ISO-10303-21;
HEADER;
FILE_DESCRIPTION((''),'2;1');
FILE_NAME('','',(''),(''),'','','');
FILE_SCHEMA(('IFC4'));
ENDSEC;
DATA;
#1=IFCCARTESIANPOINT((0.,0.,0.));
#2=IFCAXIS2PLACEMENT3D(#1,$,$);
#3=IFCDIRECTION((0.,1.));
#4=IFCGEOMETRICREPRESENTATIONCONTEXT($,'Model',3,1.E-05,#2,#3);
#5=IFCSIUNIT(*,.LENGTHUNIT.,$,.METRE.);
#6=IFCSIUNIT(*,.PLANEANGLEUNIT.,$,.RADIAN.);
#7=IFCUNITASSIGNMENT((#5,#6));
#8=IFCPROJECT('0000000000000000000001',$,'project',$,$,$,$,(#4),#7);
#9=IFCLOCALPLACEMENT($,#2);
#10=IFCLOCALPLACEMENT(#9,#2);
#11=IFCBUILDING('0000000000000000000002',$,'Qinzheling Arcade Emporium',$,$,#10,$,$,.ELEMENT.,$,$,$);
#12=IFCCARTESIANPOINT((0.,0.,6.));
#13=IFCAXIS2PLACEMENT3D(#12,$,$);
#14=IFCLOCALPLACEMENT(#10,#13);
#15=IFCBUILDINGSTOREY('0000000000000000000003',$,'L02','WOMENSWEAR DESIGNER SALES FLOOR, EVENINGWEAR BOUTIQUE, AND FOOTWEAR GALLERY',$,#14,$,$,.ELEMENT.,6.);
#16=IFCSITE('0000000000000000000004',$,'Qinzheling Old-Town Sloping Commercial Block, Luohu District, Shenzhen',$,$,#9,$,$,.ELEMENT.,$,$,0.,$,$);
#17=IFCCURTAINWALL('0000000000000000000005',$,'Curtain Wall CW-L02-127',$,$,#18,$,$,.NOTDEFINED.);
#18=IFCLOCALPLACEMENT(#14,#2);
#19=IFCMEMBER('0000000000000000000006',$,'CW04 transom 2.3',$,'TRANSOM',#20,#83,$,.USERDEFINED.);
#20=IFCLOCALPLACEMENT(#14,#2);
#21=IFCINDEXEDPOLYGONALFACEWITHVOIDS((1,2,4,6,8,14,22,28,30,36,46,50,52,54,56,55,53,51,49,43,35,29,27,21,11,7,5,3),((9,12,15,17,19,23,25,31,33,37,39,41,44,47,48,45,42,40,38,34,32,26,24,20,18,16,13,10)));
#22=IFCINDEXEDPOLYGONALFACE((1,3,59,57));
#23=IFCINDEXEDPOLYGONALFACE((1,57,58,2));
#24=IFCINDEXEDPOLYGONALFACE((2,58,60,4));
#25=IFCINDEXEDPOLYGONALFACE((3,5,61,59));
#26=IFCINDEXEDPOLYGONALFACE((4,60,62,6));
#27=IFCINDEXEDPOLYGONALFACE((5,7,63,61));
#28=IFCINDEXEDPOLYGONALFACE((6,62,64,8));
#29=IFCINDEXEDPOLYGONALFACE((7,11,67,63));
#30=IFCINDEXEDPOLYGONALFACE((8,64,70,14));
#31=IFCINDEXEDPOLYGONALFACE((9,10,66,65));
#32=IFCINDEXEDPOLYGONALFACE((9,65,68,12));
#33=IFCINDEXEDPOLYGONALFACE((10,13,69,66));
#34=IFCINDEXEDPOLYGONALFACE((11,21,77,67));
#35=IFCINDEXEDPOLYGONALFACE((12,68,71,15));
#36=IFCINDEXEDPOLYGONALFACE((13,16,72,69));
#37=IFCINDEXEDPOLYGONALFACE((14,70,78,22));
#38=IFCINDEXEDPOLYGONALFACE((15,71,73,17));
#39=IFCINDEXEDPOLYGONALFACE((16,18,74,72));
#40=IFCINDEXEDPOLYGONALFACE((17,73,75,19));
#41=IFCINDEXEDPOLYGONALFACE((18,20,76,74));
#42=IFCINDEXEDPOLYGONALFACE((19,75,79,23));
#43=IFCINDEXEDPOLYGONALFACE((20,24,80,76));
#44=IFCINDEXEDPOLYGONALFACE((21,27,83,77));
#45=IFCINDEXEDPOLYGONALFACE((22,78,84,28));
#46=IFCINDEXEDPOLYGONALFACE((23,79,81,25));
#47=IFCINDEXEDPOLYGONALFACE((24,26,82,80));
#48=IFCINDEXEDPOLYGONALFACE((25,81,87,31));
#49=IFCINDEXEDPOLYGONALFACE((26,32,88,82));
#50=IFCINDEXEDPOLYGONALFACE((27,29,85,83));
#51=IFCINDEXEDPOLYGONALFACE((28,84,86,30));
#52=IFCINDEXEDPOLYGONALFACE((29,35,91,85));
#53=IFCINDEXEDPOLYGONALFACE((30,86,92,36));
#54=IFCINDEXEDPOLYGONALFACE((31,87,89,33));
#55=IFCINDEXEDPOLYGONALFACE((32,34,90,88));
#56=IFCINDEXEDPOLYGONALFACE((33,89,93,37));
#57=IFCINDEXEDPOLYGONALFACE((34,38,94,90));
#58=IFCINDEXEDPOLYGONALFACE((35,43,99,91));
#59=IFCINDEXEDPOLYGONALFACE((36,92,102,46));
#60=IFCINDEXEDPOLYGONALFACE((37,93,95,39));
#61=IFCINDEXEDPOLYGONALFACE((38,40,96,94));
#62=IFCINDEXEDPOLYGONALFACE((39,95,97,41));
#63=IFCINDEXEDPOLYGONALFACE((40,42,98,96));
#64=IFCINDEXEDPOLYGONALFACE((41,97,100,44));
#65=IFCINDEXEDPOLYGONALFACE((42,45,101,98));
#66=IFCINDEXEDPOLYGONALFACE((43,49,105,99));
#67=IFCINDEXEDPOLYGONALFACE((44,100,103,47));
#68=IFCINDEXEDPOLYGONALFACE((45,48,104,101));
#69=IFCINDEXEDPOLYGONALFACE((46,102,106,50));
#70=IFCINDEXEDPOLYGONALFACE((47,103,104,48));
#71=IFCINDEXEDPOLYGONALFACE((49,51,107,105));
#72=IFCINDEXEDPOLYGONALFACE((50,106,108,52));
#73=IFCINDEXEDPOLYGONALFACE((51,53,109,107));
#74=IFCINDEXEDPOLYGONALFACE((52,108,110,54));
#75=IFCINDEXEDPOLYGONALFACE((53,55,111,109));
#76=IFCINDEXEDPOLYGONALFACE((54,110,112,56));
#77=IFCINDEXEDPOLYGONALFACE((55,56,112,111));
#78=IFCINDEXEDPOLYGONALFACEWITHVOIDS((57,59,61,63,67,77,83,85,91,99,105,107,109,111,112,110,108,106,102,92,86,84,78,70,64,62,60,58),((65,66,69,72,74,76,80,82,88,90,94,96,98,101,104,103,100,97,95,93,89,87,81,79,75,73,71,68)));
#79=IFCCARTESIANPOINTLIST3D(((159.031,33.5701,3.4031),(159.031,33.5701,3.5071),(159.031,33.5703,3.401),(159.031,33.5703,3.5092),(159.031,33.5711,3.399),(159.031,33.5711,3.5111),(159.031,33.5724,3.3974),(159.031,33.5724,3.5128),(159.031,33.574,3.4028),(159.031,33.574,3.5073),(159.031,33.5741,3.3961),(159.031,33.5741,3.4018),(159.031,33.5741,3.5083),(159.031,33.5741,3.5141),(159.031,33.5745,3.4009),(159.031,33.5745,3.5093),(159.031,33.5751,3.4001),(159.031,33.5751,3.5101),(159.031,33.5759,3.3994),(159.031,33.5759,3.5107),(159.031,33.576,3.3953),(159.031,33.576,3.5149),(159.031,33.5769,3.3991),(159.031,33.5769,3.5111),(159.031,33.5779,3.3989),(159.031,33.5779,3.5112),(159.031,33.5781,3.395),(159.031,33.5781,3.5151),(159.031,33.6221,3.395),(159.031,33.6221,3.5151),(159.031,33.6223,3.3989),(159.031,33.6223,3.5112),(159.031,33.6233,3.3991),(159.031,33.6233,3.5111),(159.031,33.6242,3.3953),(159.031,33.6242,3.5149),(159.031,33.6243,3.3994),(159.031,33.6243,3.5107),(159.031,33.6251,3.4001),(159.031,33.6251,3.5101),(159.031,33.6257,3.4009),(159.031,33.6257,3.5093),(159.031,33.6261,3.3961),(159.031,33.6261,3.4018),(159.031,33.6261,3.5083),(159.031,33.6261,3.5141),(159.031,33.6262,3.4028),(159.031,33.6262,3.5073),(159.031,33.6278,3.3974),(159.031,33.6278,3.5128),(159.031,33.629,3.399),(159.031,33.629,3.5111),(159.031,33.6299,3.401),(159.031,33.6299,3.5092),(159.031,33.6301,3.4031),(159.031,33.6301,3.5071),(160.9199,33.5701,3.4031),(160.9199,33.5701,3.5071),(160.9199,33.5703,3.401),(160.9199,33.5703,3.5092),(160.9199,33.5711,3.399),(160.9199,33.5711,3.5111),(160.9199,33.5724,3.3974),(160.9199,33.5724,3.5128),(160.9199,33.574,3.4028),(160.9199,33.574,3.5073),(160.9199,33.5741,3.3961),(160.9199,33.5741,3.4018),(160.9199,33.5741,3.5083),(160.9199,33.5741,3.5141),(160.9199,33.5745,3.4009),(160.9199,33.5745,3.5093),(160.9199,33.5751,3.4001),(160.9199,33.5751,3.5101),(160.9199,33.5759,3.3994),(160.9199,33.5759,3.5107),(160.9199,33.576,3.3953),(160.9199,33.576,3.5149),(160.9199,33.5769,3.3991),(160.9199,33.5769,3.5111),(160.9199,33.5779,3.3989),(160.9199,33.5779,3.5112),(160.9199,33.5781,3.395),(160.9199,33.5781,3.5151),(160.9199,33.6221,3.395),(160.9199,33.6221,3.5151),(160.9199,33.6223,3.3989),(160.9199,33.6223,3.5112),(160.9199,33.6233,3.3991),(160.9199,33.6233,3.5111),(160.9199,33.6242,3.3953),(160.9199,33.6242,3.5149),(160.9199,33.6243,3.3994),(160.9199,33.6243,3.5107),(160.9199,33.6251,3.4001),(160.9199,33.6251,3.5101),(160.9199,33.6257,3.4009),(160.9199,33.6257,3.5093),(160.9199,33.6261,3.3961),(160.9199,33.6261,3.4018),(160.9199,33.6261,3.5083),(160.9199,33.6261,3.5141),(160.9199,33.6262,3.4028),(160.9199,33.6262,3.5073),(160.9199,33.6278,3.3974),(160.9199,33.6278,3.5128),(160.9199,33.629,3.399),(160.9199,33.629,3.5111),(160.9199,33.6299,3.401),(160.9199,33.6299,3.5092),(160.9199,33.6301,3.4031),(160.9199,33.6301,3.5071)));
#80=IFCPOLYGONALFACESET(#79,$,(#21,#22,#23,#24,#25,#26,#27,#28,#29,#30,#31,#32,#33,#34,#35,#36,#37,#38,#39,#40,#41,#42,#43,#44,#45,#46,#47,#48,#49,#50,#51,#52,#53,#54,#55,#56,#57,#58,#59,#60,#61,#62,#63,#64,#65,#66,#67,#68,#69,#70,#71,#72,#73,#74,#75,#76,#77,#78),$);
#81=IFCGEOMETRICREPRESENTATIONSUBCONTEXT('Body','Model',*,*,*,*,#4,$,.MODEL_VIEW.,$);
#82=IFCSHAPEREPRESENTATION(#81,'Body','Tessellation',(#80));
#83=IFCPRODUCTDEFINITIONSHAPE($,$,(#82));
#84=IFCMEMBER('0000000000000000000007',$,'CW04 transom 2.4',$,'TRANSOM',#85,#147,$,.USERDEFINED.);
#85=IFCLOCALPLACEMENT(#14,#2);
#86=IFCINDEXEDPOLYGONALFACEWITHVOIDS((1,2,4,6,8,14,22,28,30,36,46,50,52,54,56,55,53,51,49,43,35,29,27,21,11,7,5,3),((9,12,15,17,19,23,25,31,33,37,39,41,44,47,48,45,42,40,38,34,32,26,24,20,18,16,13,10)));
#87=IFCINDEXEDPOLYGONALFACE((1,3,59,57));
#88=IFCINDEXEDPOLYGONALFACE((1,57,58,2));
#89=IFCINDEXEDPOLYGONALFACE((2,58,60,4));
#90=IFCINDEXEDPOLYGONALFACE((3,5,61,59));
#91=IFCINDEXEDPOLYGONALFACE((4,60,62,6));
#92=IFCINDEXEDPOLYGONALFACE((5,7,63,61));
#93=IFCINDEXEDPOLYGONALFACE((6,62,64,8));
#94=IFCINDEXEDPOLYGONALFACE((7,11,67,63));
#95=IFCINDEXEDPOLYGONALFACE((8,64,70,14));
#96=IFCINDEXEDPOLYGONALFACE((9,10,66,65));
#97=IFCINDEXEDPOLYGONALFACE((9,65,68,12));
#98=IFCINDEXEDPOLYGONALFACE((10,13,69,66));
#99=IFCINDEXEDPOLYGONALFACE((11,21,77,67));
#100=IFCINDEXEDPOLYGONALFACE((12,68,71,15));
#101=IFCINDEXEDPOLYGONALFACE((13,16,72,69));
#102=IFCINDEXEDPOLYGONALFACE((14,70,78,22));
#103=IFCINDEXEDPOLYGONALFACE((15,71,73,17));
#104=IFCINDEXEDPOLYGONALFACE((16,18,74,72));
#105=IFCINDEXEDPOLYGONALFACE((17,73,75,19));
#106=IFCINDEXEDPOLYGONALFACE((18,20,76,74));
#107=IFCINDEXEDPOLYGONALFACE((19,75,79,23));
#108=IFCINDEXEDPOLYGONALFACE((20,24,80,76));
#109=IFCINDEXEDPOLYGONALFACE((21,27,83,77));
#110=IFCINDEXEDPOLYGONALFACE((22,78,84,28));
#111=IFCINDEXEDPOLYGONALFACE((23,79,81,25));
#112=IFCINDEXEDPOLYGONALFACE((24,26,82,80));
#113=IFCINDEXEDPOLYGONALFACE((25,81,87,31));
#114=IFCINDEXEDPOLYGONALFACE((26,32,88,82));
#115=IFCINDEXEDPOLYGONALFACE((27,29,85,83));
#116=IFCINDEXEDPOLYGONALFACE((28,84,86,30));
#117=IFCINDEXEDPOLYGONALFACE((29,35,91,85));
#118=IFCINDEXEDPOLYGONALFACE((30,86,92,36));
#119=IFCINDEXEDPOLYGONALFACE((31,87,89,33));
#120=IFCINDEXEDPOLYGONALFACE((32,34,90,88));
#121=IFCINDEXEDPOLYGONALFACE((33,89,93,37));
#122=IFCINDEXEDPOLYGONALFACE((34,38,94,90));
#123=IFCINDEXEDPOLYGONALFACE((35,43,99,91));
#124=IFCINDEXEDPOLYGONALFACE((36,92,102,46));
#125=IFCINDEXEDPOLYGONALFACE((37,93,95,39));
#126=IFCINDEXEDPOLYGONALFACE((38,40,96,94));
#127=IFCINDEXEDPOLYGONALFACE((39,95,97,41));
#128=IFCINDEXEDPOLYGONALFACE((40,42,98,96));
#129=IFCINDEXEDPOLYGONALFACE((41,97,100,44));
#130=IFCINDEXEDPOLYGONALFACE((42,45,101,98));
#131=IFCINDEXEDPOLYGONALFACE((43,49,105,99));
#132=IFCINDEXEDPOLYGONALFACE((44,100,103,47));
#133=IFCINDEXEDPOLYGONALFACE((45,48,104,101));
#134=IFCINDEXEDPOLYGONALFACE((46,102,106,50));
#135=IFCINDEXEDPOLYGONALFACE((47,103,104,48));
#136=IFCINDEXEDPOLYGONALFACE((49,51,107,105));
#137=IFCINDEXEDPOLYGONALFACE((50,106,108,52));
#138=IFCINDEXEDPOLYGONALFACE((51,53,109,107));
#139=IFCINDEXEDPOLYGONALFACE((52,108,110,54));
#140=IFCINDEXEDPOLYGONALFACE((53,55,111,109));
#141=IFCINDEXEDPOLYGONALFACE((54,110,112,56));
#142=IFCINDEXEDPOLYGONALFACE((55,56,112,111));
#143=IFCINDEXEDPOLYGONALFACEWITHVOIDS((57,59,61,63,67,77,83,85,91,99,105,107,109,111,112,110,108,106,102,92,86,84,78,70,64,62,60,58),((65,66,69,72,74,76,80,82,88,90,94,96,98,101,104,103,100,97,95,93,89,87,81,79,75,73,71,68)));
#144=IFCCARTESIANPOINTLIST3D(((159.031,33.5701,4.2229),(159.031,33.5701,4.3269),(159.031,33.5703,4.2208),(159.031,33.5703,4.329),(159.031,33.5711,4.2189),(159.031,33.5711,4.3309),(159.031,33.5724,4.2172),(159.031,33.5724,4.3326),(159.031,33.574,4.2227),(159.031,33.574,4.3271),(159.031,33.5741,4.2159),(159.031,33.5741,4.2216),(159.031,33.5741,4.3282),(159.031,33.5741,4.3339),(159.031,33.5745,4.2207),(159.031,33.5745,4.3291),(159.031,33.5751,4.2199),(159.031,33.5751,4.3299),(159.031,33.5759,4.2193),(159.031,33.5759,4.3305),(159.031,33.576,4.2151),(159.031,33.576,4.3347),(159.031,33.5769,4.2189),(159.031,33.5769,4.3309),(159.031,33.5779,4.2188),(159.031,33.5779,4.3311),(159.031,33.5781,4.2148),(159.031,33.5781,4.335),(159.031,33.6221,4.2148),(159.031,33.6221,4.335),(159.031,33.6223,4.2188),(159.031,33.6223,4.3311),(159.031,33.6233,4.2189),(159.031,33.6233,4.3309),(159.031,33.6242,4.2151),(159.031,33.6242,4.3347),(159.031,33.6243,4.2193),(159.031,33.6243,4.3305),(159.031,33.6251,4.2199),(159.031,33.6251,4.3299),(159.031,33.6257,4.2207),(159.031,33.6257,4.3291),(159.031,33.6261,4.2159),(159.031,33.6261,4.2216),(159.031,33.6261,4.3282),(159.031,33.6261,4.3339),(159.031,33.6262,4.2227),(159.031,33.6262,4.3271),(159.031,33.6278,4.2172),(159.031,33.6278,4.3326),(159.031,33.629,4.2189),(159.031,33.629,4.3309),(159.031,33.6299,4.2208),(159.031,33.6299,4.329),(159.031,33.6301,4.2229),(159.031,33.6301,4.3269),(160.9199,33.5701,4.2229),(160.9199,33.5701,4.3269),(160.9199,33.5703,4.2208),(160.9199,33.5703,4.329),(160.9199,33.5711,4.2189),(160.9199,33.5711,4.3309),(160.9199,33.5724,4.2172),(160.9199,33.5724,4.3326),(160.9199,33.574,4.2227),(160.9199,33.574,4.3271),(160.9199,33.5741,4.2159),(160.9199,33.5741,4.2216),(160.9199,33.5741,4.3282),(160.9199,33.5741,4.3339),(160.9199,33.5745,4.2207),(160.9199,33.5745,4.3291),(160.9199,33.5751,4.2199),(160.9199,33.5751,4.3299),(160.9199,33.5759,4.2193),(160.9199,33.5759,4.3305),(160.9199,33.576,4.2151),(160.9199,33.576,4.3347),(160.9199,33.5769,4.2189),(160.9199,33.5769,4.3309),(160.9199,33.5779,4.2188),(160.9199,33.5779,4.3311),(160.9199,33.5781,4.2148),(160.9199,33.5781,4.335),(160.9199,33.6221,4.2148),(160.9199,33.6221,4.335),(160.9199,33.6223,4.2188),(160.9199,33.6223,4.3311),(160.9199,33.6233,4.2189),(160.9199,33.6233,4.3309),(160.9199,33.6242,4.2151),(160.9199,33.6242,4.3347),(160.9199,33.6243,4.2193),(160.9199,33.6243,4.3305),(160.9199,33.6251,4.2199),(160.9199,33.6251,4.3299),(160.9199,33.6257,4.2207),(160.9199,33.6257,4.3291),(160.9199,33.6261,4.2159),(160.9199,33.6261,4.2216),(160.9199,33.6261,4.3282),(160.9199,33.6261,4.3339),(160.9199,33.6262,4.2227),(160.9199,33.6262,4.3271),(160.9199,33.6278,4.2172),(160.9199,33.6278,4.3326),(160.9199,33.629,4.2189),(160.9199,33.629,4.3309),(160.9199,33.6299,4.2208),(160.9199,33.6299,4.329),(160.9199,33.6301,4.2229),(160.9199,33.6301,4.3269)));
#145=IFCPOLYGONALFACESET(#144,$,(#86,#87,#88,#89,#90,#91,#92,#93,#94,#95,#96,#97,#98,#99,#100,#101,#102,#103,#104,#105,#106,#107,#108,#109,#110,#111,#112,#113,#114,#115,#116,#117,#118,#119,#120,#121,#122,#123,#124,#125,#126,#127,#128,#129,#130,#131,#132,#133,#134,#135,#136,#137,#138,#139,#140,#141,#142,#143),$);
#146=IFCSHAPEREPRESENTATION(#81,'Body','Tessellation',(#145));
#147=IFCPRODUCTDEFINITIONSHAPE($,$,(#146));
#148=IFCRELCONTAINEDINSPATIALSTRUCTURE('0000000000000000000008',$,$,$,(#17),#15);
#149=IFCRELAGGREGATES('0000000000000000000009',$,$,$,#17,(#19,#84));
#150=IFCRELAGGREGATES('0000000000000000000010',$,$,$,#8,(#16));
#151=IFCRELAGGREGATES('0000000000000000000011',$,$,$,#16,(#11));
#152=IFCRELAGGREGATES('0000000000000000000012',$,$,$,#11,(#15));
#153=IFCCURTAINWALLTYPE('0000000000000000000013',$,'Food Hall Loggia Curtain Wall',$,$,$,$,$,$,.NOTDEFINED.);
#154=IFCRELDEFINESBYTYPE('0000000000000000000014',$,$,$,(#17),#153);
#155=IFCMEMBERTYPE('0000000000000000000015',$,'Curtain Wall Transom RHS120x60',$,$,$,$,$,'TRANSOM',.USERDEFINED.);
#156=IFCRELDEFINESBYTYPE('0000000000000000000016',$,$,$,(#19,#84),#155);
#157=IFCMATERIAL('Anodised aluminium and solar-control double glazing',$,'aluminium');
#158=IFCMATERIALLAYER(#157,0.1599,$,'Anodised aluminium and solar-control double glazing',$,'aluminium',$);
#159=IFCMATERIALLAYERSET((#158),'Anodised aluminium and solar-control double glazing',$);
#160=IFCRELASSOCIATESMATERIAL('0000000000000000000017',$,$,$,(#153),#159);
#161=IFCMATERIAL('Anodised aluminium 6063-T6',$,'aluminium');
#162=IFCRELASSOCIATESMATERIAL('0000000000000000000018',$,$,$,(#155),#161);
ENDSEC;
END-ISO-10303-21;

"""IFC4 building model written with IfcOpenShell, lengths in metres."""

from ifc_helpers import new_model, si_unit, direction, frame, origin, origin_2d, place, context, subcontext, project, spatial, hollow_rectangle, extrude, material, layer, layer_set, material_profile, profile_set, type_object, element, aggregate, save


model = new_model("IFC4")

# Units and contexts
model_context = context("Model", 3, precision=1e-05, world=origin(), true_north=direction((0.0, 1.0)))
body_context = subcontext(model_context, "Body", "Model", "MODEL_VIEW")
ifc_project = project(units=[si_unit("LENGTHUNIT", "METRE"), si_unit("PLANEANGLEUNIT", "RADIAN")], contexts=[model_context])

# Site, building, storey
site_placement = place(None, origin())
site = spatial("IfcSite", under=ifc_project, at=site_placement, Name="Qinzheling Old-Town Sloping Commercial Block, Luohu District, Shenzhen", CompositionType="ELEMENT", RefElevation=0.0)
building_placement = place(site_placement, origin())
building = spatial("IfcBuilding", under=site, at=building_placement, Name="Qinzheling Arcade Emporium", CompositionType="ELEMENT")
storey_placement = place(building_placement, frame((0.0, 0.0, 6.0)))
storey = spatial("IfcBuildingStorey", under=building, at=storey_placement, Name="L02", Description="WOMENSWEAR DESIGNER SALES FLOOR, EVENINGWEAR BOUTIQUE, AND FOOTWEAR GALLERY", CompositionType="ELEMENT", Elevation=6.0)

# Curtain wall, members
ifc_material_1 = material(Name="Anodised aluminium and solar-control double glazing", Category="aluminium")
ifc_layer_1 = layer(ifc_material_1, 0.1599, Name="Anodised aluminium and solar-control double glazing", Category="aluminium")
ifc_layer_set_1 = layer_set([ifc_layer_1], Name="Anodised aluminium and solar-control double glazing")
curtain_wall_type = type_object("IfcCurtainWallType", Name="Food Hall Loggia Curtain Wall", PredefinedType="NOTDEFINED", material=ifc_layer_set_1)
curtain_wall_placement = place(storey_placement, origin())
curtain_wall = element("IfcCurtainWall", 1, at=curtain_wall_placement, inside=storey, type_object=curtain_wall_type, Name="Curtain Wall CW-L02-127", PredefinedType="NOTDEFINED")
ifc_material_2 = material(Name="Anodised aluminium 6063-T6", Category="aluminium")
ifc_material_profile_1 = material_profile(ifc_material_2, hollow_rectangle(XDim=0.0601, YDim=0.1201, WallThickness=0.0039, InnerFilletRadius=0.0039, OuterFilletRadius=0.0081, at=origin_2d()), Name="RHS 120x60x4", Category="aluminium")
ifc_profile_set_1 = profile_set([ifc_material_profile_1], Name="Anodised aluminium 6063-T6")
member_type_1 = type_object("IfcMemberType", Name="Curtain Wall Transom RHS120x60", ElementType="TRANSOM", PredefinedType="USERDEFINED", material=ifc_profile_set_1)
member_1_placement = place(storey_placement, frame((159.031, 33.6001, 3.4551), z_axis=(1.0, 0.0, 0.0), x_axis=(0.0, 1.0, 0.0)))
member_1 = element("IfcMember", 2, at=member_1_placement, type_object=member_type_1, Name="CW04 transom 2.3", ObjectType="TRANSOM", PredefinedType="USERDEFINED", context=body_context, shape_type="SweptSolid", body=[
    extrude(hollow_rectangle(XDim=0.0601, YDim=0.1201, WallThickness=0.0039, InnerFilletRadius=0.0039, OuterFilletRadius=0.0081, at=origin_2d()), origin(), (0.0, 0.0, 1.0), 1.8889),
])
member_2_placement = place(storey_placement, frame((159.031, 33.6001, 4.2749), z_axis=(1.0, 0.0, 0.0), x_axis=(0.0, 1.0, 0.0)))
member_2 = element("IfcMember", 3, at=member_2_placement, type_object=member_type_1, Name="CW04 transom 2.4", ObjectType="TRANSOM", PredefinedType="USERDEFINED", context=body_context, shape_type="SweptSolid", body=[
    extrude(hollow_rectangle(XDim=0.0601, YDim=0.1201, WallThickness=0.0039, InnerFilletRadius=0.0039, OuterFilletRadius=0.0081, at=origin_2d()), origin(), (0.0, 0.0, 1.0), 1.8889),
])
aggregate(curtain_wall, [member_1, member_2])

save(model, "model.ifc")
